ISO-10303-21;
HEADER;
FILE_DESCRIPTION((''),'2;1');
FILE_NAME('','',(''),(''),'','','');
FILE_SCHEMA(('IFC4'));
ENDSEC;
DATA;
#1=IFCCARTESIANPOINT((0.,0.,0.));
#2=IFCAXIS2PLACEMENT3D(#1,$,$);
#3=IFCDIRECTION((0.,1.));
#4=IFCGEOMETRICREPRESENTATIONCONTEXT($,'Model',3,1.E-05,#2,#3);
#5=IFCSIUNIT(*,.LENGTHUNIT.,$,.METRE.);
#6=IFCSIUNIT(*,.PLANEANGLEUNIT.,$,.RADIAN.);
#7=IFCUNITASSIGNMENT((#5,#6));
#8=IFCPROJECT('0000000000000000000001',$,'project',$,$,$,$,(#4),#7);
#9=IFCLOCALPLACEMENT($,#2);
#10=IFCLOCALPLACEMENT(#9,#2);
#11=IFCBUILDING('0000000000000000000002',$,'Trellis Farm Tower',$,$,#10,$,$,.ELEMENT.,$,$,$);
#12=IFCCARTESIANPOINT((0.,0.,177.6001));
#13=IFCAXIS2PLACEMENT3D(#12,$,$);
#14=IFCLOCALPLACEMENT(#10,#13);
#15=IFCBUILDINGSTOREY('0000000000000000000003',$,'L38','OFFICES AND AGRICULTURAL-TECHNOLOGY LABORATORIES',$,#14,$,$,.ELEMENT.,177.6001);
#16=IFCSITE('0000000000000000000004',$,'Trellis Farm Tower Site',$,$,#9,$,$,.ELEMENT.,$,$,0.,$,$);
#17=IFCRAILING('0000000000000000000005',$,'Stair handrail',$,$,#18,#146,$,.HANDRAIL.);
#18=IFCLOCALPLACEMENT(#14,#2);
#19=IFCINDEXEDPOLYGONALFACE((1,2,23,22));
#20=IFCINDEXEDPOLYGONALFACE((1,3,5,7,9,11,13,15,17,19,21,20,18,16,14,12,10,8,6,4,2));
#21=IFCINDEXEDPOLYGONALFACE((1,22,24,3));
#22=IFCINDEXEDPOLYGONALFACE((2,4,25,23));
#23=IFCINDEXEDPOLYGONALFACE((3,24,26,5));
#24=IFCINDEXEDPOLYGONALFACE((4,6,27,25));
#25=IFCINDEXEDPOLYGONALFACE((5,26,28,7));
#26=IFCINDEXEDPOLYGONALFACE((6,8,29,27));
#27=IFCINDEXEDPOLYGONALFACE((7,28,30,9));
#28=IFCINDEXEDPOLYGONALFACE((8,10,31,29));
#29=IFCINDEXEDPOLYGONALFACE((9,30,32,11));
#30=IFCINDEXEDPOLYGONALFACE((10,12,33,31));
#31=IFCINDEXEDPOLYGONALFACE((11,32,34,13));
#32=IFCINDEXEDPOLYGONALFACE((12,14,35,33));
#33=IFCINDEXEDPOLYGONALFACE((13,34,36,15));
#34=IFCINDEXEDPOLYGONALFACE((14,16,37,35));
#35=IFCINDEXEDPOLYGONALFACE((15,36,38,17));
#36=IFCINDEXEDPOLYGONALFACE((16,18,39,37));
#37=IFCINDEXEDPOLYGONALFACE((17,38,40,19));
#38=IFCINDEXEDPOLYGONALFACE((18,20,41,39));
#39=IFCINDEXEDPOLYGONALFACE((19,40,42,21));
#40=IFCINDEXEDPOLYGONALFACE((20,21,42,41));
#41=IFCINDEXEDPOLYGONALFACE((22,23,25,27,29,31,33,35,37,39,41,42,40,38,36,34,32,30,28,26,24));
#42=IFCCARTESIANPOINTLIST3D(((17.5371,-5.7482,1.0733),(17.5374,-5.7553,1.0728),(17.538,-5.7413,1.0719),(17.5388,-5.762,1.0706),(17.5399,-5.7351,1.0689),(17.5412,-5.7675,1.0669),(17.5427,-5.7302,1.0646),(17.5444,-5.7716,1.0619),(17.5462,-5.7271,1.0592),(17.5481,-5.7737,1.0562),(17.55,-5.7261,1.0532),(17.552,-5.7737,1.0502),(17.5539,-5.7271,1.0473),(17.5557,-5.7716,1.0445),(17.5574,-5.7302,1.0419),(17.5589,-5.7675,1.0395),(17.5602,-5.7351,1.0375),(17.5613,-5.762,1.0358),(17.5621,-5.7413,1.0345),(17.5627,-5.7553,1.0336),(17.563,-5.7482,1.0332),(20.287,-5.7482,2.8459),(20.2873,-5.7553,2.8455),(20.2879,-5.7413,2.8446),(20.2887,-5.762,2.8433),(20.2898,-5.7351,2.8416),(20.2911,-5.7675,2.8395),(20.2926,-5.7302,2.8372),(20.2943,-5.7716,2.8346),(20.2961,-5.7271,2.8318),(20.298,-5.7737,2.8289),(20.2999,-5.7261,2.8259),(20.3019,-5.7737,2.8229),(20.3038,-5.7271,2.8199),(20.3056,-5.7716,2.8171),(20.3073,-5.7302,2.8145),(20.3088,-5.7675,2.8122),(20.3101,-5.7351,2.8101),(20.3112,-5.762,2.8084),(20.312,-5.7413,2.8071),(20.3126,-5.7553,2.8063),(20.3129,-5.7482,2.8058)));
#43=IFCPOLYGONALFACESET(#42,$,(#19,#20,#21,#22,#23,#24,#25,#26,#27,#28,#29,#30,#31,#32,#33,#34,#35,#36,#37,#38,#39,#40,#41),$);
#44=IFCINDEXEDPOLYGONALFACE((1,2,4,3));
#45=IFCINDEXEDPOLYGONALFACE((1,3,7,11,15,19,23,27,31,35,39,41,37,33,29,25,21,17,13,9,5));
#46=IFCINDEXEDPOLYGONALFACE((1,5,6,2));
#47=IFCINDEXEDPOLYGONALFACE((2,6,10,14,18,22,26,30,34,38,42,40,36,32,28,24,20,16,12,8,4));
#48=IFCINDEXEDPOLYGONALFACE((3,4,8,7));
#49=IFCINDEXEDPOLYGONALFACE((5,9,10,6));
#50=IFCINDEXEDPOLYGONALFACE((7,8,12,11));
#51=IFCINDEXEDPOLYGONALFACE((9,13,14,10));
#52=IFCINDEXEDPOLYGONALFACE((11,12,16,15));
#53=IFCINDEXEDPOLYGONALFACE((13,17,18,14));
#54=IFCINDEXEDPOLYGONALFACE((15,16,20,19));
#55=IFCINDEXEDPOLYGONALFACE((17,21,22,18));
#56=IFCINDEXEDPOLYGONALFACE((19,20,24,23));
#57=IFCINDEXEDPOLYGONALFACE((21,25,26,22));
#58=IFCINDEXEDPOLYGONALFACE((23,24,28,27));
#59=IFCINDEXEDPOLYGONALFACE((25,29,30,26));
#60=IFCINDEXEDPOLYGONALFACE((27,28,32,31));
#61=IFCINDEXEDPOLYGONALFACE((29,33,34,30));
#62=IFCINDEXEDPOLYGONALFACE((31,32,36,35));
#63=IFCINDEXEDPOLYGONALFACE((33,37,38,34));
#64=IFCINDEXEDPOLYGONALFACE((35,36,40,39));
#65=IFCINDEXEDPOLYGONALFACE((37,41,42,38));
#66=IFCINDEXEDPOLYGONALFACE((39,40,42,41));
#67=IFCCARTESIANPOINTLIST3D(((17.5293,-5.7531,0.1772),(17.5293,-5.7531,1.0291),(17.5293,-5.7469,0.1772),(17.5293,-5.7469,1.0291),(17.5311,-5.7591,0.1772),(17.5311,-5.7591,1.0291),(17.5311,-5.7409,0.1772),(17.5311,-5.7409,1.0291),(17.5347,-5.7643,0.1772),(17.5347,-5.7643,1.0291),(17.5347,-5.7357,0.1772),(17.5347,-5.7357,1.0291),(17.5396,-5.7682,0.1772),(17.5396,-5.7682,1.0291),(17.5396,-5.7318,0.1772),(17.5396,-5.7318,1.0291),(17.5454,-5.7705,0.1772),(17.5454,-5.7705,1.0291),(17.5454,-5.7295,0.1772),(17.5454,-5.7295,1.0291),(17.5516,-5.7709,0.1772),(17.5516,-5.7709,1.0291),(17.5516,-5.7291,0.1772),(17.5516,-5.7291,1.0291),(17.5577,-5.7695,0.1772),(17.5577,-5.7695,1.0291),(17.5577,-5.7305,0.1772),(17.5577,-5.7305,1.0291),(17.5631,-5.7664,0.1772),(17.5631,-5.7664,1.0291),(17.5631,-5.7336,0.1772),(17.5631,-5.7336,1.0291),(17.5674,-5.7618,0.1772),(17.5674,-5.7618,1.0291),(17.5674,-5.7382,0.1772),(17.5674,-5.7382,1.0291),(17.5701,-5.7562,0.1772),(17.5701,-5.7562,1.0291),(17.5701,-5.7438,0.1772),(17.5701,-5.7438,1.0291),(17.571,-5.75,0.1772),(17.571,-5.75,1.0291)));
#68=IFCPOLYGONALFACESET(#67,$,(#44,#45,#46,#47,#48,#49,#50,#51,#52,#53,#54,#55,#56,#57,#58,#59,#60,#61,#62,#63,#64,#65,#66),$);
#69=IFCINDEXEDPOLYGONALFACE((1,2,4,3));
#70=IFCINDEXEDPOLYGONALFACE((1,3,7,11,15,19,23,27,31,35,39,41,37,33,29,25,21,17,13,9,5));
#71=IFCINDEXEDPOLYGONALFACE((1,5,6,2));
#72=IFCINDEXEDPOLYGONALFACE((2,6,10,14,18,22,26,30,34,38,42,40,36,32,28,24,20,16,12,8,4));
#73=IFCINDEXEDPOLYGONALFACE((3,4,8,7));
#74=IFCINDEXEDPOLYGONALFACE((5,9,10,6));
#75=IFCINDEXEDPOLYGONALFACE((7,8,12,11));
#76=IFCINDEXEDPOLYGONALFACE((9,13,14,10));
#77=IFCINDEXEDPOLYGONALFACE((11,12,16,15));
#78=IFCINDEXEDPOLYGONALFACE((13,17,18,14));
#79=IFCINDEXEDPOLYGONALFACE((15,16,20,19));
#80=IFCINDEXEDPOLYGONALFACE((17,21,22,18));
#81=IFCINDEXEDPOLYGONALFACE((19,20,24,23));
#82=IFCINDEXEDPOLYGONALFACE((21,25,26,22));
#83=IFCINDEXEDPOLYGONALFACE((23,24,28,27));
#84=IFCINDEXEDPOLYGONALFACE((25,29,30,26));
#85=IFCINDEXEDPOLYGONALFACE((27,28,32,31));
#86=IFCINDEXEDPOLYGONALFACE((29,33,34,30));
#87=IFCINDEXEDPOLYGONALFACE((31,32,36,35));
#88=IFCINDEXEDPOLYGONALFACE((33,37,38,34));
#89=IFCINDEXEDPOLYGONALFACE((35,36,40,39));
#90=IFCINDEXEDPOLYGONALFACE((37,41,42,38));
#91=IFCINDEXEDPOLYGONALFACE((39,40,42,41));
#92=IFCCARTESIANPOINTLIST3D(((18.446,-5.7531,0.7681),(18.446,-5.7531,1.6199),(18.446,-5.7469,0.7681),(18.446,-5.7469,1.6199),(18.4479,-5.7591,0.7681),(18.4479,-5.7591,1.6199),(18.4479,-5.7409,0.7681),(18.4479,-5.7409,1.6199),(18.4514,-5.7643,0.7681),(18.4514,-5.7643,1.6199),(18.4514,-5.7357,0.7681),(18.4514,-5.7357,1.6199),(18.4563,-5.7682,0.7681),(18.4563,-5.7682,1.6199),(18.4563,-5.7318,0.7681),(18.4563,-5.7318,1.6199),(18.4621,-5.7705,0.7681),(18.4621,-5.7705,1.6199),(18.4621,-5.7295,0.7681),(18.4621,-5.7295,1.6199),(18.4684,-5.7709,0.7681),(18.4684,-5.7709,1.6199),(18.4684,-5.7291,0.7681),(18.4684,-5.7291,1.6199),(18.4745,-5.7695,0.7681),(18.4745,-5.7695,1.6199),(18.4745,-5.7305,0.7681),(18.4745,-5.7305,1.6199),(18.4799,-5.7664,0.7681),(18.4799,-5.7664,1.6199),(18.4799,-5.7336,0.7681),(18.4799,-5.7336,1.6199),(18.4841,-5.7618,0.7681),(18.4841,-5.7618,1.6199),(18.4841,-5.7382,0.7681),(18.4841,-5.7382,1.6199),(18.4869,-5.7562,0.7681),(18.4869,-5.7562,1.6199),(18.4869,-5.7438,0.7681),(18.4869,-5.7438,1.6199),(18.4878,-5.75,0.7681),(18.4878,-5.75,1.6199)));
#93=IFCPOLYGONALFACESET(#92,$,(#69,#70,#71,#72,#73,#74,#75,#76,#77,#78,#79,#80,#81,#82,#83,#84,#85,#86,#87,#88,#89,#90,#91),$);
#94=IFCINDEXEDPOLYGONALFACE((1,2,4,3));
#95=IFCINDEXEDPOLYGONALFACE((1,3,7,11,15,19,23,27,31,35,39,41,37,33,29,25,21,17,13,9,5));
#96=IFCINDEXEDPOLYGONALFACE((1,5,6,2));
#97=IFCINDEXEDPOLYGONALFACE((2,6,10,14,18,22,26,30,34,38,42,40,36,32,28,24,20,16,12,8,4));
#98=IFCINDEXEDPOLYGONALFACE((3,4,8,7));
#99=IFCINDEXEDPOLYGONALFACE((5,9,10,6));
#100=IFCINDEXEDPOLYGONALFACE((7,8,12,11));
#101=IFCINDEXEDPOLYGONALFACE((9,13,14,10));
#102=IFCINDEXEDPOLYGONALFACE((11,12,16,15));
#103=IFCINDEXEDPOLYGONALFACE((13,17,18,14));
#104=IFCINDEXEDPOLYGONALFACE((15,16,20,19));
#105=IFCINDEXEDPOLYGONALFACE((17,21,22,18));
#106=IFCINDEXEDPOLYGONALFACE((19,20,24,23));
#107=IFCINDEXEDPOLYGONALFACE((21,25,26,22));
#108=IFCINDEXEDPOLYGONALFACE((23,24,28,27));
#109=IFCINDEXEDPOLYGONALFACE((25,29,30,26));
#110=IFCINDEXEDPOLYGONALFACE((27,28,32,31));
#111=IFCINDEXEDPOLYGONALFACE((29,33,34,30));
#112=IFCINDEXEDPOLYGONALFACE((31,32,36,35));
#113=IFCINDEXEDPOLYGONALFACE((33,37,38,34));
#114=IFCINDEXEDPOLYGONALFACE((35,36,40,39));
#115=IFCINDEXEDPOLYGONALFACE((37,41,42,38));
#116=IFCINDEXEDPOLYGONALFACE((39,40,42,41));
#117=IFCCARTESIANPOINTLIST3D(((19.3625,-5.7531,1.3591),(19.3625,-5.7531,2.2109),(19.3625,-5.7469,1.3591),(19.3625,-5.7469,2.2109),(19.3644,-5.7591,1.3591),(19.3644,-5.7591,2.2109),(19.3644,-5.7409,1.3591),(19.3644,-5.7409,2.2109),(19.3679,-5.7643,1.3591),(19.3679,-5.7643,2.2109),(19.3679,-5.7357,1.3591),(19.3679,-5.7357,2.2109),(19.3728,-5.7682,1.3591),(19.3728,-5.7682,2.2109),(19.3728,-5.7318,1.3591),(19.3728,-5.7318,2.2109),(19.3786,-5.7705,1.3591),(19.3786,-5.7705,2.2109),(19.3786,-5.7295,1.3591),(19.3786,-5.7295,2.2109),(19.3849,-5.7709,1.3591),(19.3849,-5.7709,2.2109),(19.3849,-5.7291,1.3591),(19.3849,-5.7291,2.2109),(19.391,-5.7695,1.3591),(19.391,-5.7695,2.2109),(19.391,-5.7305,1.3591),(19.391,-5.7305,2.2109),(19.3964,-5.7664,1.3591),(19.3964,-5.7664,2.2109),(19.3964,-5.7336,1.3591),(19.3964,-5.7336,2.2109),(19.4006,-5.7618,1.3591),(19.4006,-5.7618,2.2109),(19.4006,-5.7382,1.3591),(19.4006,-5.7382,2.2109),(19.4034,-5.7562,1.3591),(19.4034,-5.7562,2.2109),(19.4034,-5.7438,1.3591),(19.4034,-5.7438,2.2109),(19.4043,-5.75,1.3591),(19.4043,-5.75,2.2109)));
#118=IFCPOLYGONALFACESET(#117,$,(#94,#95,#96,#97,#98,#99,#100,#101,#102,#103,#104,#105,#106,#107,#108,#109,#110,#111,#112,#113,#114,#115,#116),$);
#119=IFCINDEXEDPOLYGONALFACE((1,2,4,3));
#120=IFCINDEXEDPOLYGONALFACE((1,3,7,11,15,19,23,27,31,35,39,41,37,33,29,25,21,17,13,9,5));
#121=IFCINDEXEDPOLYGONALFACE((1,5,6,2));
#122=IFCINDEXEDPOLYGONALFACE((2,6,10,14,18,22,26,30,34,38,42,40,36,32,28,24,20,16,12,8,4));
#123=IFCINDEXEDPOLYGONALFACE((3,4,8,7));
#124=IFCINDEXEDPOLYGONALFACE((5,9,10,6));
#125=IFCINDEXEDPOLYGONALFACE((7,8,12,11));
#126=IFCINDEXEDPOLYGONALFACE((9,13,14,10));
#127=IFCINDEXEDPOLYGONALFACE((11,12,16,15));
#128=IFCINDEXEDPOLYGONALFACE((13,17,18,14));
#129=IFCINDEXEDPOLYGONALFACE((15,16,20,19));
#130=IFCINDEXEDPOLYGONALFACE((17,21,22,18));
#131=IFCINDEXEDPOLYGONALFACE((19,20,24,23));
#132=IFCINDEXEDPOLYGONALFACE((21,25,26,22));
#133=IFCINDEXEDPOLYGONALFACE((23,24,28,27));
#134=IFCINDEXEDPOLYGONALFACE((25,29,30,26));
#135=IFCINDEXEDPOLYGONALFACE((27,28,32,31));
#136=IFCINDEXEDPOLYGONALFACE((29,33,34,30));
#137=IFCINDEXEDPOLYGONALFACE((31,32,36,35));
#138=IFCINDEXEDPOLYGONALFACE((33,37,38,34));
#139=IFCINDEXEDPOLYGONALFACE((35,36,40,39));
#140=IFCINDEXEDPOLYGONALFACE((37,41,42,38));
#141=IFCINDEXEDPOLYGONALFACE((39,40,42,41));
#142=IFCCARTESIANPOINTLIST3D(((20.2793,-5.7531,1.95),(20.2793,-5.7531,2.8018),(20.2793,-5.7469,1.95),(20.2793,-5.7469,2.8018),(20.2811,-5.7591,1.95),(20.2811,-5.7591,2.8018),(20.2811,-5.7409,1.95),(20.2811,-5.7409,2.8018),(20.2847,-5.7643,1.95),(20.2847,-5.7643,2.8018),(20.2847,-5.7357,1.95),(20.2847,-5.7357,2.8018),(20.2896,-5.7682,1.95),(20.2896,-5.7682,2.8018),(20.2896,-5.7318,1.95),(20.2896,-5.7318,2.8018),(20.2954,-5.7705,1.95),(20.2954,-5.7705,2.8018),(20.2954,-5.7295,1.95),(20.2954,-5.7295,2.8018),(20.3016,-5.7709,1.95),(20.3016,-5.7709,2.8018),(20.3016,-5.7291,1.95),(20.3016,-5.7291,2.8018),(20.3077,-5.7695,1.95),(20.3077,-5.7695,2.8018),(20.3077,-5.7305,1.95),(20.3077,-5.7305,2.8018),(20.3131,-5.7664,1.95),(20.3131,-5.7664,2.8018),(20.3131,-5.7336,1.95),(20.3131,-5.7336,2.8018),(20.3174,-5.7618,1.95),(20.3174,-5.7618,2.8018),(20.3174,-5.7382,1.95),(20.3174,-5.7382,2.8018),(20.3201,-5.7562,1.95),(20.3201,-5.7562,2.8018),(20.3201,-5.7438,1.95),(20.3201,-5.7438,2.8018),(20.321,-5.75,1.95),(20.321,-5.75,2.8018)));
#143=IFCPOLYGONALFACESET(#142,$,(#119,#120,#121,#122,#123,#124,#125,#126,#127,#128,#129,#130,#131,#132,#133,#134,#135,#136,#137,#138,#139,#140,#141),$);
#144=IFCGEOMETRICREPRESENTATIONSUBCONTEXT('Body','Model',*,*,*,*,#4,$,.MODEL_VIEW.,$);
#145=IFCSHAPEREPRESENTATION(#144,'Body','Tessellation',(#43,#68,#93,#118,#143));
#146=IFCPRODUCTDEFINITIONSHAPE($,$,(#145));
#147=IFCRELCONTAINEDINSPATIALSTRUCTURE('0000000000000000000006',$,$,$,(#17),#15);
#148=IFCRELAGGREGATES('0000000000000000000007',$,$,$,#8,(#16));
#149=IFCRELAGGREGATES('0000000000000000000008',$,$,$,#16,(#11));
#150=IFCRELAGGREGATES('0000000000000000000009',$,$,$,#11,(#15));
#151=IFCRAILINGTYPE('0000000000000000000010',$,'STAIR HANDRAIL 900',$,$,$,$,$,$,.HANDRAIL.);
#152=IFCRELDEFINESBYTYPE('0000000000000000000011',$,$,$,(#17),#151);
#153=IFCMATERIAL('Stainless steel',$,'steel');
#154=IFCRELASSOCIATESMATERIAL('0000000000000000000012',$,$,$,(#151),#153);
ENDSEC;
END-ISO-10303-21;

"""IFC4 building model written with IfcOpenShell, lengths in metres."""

from ifc_helpers import new_model, si_unit, direction, frame, origin, origin_2d, place, context, subcontext, project, spatial, circle, extrude, source, transform, mapped, material, type_object, element, save


model = new_model("IFC4")

# Units and contexts
model_context = context("Model", 3, precision=1e-05, world=origin(), true_north=direction((0.0, 1.0)))
body_context = subcontext(model_context, "Body", "Model", "MODEL_VIEW")
ifc_project = project(units=[si_unit("LENGTHUNIT", "METRE"), si_unit("PLANEANGLEUNIT", "RADIAN")], contexts=[model_context])

# Site, building, storey
site_placement = place(None, origin())
site = spatial("IfcSite", under=ifc_project, at=site_placement, Name="Trellis Farm Tower Site", CompositionType="ELEMENT", RefElevation=0.0)
building_placement = place(site_placement, origin())
building = spatial("IfcBuilding", under=site, at=building_placement, Name="Trellis Farm Tower", CompositionType="ELEMENT")
storey_placement = place(building_placement, frame((0.0, 0.0, 177.6001)))
storey = spatial("IfcBuildingStorey", under=building, at=storey_placement, Name="L38", Description="OFFICES AND AGRICULTURAL-TECHNOLOGY LABORATORIES", CompositionType="ELEMENT", Elevation=177.6001)

# Railing
ifc_material_1 = material(Name="Stainless steel", Category="steel")
railing_type = type_object("IfcRailingType", Name="STAIR HANDRAIL 900", PredefinedType="HANDRAIL", material=ifc_material_1)
shared_shape_1 = source(origin(), body_context, "Body", "SweptSolid", [
    extrude(circle(Radius=0.0239, at=origin_2d()), frame((0.0, 0.0, 0.876), z_axis=(0.840504, 0.0, 0.541806), x_axis=(0.0, 1.0, 0.0)), (0.0, 0.0, 1.0), 3.2717),
    extrude(circle(Radius=0.021, at=origin_2d()), origin(), (0.0, 0.0, 1.0), 0.8518),
    extrude(circle(Radius=0.021, at=origin_2d()), frame((0.9167, 0.0, 0.5908)), (0.0, 0.0, 1.0), 0.8518),
    extrude(circle(Radius=0.021, at=origin_2d()), frame((1.8333, 0.0, 1.1819)), (0.0, 0.0, 1.0), 0.8518),
    extrude(circle(Radius=0.021, at=origin_2d()), frame((2.75, 0.0, 1.7727)), (0.0, 0.0, 1.0), 0.8518),
])
for number, where, name in (
    (1, (17.55, -5.75, 0.1772), "Stair handrail"),
):
    element("IfcRailing", number, at=place(storey_placement, frame(where)), inside=storey, type_object=railing_type, Name=name, PredefinedType="HANDRAIL", context=body_context, shape_type="MappedRepresentation", body=[
        mapped(shared_shape_1, transform((0.0, 0.0, 0.0))),
    ])

save(model, "model.ifc")
